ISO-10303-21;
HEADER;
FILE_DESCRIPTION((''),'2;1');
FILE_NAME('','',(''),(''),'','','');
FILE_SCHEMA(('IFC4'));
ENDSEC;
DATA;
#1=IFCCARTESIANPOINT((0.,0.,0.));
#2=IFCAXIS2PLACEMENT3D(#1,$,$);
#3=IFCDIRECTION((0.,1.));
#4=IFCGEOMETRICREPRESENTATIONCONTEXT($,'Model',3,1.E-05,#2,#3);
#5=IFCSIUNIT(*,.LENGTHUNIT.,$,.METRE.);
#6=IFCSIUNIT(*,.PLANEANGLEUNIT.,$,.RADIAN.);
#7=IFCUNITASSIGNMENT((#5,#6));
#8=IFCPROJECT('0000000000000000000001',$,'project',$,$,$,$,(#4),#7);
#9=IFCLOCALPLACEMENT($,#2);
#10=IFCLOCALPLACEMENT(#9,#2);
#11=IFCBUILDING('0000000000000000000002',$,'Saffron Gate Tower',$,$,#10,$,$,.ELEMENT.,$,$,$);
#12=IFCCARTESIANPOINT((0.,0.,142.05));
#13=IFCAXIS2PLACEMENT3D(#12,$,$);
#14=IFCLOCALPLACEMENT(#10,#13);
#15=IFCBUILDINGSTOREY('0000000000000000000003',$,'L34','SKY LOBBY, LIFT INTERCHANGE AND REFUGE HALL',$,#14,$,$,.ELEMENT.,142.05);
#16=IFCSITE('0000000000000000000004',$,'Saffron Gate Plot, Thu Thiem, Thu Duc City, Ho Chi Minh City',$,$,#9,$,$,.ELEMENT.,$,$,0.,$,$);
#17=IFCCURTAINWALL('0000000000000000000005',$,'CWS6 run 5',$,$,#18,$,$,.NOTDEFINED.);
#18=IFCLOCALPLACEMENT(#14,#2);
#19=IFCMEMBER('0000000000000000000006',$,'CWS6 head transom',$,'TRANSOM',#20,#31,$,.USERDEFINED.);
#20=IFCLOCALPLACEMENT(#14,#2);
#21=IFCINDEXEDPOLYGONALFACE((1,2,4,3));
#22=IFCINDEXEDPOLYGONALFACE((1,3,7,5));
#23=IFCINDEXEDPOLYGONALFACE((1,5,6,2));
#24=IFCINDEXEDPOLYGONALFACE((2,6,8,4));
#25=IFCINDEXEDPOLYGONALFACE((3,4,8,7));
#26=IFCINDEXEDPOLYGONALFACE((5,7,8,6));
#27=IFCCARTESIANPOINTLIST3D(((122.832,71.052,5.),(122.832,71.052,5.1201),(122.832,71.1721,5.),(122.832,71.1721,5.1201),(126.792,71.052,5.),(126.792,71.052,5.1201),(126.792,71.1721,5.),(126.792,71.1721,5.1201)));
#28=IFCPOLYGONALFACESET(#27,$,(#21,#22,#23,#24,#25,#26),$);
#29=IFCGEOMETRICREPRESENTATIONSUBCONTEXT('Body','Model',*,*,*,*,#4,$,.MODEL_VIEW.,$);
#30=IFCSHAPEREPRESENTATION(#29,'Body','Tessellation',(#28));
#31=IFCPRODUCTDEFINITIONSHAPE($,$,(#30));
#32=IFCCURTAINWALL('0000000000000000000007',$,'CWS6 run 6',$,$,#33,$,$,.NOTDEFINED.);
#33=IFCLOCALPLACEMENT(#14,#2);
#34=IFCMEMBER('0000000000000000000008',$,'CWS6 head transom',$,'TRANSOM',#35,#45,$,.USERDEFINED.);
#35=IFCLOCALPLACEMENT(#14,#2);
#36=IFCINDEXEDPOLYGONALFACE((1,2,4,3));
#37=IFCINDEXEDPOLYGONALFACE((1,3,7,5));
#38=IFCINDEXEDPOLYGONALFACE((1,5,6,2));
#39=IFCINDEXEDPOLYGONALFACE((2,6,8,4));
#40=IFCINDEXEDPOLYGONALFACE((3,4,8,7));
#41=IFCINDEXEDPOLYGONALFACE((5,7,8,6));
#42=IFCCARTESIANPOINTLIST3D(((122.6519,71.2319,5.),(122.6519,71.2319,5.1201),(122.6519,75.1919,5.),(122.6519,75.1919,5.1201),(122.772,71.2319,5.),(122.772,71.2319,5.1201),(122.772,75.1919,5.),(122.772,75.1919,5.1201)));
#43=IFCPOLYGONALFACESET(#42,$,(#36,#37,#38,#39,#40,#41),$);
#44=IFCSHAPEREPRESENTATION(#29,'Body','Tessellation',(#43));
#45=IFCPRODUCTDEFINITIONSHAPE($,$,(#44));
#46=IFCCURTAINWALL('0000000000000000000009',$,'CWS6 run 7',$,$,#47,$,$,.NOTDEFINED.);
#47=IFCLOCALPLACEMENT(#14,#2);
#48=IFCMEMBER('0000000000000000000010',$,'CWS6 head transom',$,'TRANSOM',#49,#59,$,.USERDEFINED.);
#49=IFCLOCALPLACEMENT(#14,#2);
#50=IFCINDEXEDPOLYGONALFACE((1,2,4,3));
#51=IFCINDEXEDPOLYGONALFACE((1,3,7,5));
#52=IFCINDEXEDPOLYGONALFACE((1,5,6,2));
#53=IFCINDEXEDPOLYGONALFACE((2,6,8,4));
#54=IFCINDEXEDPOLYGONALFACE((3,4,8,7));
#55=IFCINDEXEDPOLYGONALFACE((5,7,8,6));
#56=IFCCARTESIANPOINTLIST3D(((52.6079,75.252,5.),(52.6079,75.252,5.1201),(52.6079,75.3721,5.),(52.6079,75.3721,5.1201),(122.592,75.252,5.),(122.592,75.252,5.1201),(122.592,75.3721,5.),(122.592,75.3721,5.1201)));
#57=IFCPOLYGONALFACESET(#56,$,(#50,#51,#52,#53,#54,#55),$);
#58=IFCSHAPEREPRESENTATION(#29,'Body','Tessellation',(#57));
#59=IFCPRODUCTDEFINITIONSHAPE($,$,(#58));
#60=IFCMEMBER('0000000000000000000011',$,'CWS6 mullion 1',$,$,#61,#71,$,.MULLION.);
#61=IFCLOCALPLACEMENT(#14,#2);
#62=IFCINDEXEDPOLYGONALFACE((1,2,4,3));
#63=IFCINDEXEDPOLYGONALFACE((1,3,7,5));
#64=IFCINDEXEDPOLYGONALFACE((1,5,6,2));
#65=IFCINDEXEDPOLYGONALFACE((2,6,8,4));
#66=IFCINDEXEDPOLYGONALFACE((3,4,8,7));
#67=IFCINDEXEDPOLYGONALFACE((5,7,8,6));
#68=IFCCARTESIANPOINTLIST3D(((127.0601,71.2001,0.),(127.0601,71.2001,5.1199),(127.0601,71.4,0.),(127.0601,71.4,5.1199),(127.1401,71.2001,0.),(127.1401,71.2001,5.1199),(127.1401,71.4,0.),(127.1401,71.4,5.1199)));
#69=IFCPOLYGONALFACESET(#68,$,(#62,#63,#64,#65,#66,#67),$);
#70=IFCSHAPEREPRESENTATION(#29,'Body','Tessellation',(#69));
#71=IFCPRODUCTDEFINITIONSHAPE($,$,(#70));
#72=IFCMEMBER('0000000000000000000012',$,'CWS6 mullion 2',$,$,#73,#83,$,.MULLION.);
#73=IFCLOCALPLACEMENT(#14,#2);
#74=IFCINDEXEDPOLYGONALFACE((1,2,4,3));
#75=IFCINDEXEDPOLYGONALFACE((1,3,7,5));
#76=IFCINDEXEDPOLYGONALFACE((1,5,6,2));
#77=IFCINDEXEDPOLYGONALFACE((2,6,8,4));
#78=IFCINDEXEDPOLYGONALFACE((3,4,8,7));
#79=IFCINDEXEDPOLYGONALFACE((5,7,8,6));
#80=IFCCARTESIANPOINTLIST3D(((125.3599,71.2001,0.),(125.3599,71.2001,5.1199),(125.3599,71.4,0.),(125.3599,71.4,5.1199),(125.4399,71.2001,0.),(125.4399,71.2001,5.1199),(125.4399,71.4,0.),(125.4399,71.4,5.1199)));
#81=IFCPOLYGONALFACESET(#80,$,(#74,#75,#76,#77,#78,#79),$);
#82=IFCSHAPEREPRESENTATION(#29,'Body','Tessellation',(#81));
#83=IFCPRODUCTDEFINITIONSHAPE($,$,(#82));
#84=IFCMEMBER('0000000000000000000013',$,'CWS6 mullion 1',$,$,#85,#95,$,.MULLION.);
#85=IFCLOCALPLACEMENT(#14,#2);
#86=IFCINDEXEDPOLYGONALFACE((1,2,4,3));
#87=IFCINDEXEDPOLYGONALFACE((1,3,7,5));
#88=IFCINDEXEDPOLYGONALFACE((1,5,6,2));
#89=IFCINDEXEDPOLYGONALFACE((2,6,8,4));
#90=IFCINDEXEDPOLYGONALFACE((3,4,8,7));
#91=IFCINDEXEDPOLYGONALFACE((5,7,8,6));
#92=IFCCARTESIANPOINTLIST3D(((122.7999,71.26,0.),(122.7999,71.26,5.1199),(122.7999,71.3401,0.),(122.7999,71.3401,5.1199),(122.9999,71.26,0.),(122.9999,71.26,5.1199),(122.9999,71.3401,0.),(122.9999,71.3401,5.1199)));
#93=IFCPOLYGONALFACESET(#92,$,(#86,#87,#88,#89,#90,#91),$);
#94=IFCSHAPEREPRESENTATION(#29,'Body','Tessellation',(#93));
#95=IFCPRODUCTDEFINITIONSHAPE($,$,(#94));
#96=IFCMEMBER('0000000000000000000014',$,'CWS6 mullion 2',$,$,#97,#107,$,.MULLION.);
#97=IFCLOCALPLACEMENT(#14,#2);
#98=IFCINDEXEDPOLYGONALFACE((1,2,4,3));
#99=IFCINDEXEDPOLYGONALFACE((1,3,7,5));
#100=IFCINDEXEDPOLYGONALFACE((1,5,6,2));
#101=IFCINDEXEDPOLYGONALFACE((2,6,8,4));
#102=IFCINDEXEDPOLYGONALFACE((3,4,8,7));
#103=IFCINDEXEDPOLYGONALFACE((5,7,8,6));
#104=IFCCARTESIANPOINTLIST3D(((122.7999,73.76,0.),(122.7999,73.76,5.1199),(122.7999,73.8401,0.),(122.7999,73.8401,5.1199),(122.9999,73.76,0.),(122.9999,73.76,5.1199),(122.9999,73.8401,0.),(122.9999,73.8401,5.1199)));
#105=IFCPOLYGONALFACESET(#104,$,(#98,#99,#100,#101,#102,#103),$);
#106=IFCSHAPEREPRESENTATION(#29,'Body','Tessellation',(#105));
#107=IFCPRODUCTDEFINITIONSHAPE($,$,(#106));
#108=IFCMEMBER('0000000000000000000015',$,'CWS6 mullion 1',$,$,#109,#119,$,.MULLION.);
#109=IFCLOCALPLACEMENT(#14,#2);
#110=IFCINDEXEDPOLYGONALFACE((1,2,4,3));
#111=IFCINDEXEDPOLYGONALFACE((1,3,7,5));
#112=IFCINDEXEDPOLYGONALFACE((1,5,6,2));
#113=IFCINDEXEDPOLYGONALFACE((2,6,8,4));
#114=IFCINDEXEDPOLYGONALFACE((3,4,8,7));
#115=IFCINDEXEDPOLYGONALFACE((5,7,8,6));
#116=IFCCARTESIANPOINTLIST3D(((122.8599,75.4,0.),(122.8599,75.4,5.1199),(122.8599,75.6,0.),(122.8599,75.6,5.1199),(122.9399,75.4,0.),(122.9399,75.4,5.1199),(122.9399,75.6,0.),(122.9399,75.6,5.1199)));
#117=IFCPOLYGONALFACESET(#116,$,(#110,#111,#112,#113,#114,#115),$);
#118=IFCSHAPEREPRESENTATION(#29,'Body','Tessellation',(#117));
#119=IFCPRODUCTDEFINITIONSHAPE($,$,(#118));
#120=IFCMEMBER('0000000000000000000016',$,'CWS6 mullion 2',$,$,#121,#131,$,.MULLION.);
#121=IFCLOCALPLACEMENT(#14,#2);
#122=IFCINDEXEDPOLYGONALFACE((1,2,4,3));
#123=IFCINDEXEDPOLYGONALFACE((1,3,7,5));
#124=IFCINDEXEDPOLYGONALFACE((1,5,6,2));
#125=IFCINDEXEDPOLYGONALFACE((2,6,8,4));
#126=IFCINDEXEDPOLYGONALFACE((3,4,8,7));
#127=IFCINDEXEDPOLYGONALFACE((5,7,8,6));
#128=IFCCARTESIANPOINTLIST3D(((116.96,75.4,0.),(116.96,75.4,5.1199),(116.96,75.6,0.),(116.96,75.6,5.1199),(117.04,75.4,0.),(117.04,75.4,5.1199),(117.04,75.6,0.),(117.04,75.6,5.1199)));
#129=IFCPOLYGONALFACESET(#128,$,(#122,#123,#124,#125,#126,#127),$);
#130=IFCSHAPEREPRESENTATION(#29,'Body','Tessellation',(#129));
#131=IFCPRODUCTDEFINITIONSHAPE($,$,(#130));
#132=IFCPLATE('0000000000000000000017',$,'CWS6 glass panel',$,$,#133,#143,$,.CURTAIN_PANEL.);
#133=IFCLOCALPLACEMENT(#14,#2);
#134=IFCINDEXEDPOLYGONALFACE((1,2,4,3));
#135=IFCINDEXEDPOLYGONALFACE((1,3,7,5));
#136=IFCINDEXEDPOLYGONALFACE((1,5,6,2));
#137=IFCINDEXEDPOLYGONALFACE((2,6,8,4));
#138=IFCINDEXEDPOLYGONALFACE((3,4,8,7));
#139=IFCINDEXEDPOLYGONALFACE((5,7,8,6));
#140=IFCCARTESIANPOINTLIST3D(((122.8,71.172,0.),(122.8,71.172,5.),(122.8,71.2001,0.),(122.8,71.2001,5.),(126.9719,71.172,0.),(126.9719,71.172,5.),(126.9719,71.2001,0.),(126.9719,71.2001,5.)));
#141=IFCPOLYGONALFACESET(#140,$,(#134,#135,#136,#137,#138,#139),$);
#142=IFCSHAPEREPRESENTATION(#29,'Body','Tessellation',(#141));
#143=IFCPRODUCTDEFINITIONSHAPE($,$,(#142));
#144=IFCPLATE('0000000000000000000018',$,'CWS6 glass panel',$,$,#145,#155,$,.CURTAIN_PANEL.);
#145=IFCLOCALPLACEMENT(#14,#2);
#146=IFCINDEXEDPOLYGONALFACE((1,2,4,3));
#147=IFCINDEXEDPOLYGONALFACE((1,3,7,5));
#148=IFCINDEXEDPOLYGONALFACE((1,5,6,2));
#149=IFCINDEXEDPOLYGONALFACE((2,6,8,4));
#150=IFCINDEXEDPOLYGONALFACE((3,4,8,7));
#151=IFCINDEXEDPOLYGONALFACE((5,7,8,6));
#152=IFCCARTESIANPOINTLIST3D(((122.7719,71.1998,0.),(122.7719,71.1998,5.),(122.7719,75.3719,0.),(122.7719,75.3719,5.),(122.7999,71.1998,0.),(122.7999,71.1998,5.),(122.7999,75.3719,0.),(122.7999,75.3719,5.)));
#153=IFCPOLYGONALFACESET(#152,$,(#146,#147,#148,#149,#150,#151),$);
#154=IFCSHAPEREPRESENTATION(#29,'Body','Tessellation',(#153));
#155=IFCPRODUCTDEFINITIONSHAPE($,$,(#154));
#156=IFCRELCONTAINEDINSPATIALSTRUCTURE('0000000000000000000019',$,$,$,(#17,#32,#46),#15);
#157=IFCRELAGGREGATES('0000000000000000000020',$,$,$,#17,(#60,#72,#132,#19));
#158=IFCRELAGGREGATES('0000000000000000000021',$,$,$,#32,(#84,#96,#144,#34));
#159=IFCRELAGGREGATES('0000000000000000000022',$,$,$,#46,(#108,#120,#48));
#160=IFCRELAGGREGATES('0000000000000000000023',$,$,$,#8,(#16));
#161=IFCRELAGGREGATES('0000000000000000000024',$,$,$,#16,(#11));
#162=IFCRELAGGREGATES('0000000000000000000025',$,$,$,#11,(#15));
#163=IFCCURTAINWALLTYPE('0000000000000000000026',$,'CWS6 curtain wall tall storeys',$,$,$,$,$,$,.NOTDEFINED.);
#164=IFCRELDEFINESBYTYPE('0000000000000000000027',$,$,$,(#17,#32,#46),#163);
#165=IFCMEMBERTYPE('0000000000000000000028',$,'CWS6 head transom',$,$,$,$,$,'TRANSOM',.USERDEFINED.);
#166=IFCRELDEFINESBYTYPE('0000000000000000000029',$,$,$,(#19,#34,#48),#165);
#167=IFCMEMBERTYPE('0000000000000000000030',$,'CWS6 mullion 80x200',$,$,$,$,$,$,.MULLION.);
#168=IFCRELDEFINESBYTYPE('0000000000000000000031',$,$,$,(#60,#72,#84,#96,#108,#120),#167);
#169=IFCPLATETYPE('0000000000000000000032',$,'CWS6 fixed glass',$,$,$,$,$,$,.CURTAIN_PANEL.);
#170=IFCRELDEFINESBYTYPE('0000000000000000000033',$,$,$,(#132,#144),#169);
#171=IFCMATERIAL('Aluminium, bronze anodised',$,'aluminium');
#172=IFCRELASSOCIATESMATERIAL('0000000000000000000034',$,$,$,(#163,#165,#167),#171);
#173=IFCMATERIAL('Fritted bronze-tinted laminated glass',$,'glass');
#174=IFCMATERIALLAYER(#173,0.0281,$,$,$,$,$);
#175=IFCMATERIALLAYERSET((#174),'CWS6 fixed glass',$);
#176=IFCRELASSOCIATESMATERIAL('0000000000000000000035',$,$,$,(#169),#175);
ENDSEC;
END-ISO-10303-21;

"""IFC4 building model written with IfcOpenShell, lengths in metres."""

from ifc_helpers import new_model, si_unit, direction, frame, frame_2d, origin, origin_2d, place, context, subcontext, project, spatial, rectangle, extrude, material, layer, layer_set, material_profile, profile_set, type_object, element, aggregate, save


model = new_model("IFC4")

# Units and contexts
model_context = context("Model", 3, precision=1e-05, world=origin(), true_north=direction((0.0, 1.0)))
body_context = subcontext(model_context, "Body", "Model", "MODEL_VIEW")
ifc_project = project(units=[si_unit("LENGTHUNIT", "METRE"), si_unit("PLANEANGLEUNIT", "RADIAN")], contexts=[model_context])

# Site, building, storey
site_placement = place(None, origin())
site = spatial("IfcSite", under=ifc_project, at=site_placement, Name="Saffron Gate Plot, Thu Thiem, Thu Duc City, Ho Chi Minh City", CompositionType="ELEMENT", RefElevation=0.0)
building_placement = place(site_placement, origin())
building = spatial("IfcBuilding", under=site, at=building_placement, Name="Saffron Gate Tower", CompositionType="ELEMENT")
storey_placement = place(building_placement, frame((0.0, 0.0, 142.05)))
storey = spatial("IfcBuildingStorey", under=building, at=storey_placement, Name="L34", Description="SKY LOBBY, LIFT INTERCHANGE AND REFUGE HALL", CompositionType="ELEMENT", Elevation=142.05)

# Curtain walls, members
ifc_material_1 = material(Name="Aluminium, bronze anodised", Category="aluminium")
curtain_wall_type = type_object("IfcCurtainWallType", Name="CWS6 curtain wall tall storeys", PredefinedType="NOTDEFINED", material=ifc_material_1)
curtain_wall_1_placement = place(storey_placement, origin())
curtain_wall_1 = element("IfcCurtainWall", 1, at=curtain_wall_1_placement, inside=storey, type_object=curtain_wall_type, Name="CWS6 run 5", PredefinedType="NOTDEFINED")
ifc_material_profile_1 = material_profile(ifc_material_1, rectangle(XDim=0.1201, YDim=0.1201, at=origin_2d()))
ifc_profile_set_1 = profile_set([ifc_material_profile_1], Name="Aluminium, bronze anodised")
member_type_1 = type_object("IfcMemberType", Name="CWS6 head transom", ElementType="TRANSOM", PredefinedType="USERDEFINED", material=ifc_profile_set_1)
member_1_placement = place(storey_placement, frame((126.792, 71.1121, 5.0601), z_axis=(-1.0, 0.0, 0.0), x_axis=(0.0, -1.0, 0.0)))
member_1 = element("IfcMember", 2, at=member_1_placement, type_object=member_type_1, Name="CWS6 head transom", ObjectType="TRANSOM", PredefinedType="USERDEFINED", context=body_context, shape_type="SweptSolid", body=[
    extrude(rectangle(XDim=0.1201, YDim=0.1201, at=origin_2d()), origin(), (0.0, 0.0, 1.0), 3.96),
])
curtain_wall_2_placement = place(storey_placement, origin())
curtain_wall_2 = element("IfcCurtainWall", 3, at=curtain_wall_2_placement, inside=storey, type_object=curtain_wall_type, Name="CWS6 run 6", PredefinedType="NOTDEFINED")
member_2_placement = place(storey_placement, frame((122.7119, 71.2319, 5.0601), z_axis=(0.0, 1.0, 0.0), x_axis=(-1.0, 0.0, 0.0)))
member_2 = element("IfcMember", 4, at=member_2_placement, type_object=member_type_1, Name="CWS6 head transom", ObjectType="TRANSOM", PredefinedType="USERDEFINED", context=body_context, shape_type="SweptSolid", body=[
    extrude(rectangle(XDim=0.1201, YDim=0.1201, at=origin_2d()), origin(), (0.0, 0.0, 1.0), 3.96),
])
curtain_wall_3_placement = place(storey_placement, origin())
curtain_wall_3 = element("IfcCurtainWall", 5, at=curtain_wall_3_placement, inside=storey, type_object=curtain_wall_type, Name="CWS6 run 7", PredefinedType="NOTDEFINED")
member_3_placement = place(storey_placement, frame((122.592, 75.312, 5.0601), z_axis=(-1.0, 0.0, 0.0), x_axis=(0.0, -1.0, 0.0)))
member_3 = element("IfcMember", 6, at=member_3_placement, type_object=member_type_1, Name="CWS6 head transom", ObjectType="TRANSOM", PredefinedType="USERDEFINED", context=body_context, shape_type="SweptSolid", body=[
    extrude(rectangle(XDim=0.1201, YDim=0.1201, at=origin_2d()), origin(), (0.0, 0.0, 1.0), 69.9841),
])

# Members
ifc_material_profile_2 = material_profile(ifc_material_1, rectangle(XDim=0.2, YDim=0.0801, at=origin_2d()))
ifc_profile_set_2 = profile_set([ifc_material_profile_2], Name="Aluminium, bronze anodised")
member_type_2 = type_object("IfcMemberType", Name="CWS6 mullion 80x200", PredefinedType="MULLION", material=ifc_profile_set_2)
member_4_placement = place(storey_placement, frame((127.1001, 71.3, 0.0), z_axis=(0.0, 0.0, 1.0), x_axis=(0.0, -1.0, 0.0)))
member_4 = element("IfcMember", 7, at=member_4_placement, type_object=member_type_2, Name="CWS6 mullion 1", PredefinedType="MULLION", context=body_context, shape_type="SweptSolid", body=[
    extrude(rectangle(XDim=0.2, YDim=0.0801, at=origin_2d()), origin(), (0.0, 0.0, 1.0), 5.1199),
])
member_5_placement = place(storey_placement, frame((125.3999, 71.3, 0.0), z_axis=(0.0, 0.0, 1.0), x_axis=(0.0, -1.0, 0.0)))
member_5 = element("IfcMember", 8, at=member_5_placement, type_object=member_type_2, Name="CWS6 mullion 2", PredefinedType="MULLION", context=body_context, shape_type="SweptSolid", body=[
    extrude(rectangle(XDim=0.2, YDim=0.0801, at=origin_2d()), origin(), (0.0, 0.0, 1.0), 5.1199),
])
member_6_placement = place(storey_placement, frame((122.8999, 71.3, 0.0), z_axis=(0.0, 0.0, 1.0), x_axis=(-1.0, 0.0, 0.0)))
member_6 = element("IfcMember", 9, at=member_6_placement, type_object=member_type_2, Name="CWS6 mullion 1", PredefinedType="MULLION", context=body_context, shape_type="SweptSolid", body=[
    extrude(rectangle(XDim=0.2, YDim=0.0801, at=origin_2d()), origin(), (0.0, 0.0, 1.0), 5.1199),
])
member_7_placement = place(storey_placement, frame((122.8999, 73.8, 0.0), z_axis=(0.0, 0.0, 1.0), x_axis=(-1.0, 0.0, 0.0)))
member_7 = element("IfcMember", 10, at=member_7_placement, type_object=member_type_2, Name="CWS6 mullion 2", PredefinedType="MULLION", context=body_context, shape_type="SweptSolid", body=[
    extrude(rectangle(XDim=0.2, YDim=0.0801, at=origin_2d()), origin(), (0.0, 0.0, 1.0), 5.1199),
])
member_8_placement = place(storey_placement, frame((122.8999, 75.5, 0.0), z_axis=(0.0, 0.0, 1.0), x_axis=(0.0, -1.0, 0.0)))
member_8 = element("IfcMember", 11, at=member_8_placement, type_object=member_type_2, Name="CWS6 mullion 1", PredefinedType="MULLION", context=body_context, shape_type="SweptSolid", body=[
    extrude(rectangle(XDim=0.2, YDim=0.0801, at=origin_2d()), origin(), (0.0, 0.0, 1.0), 5.1199),
])
member_9_placement = place(storey_placement, frame((117.0, 75.5, 0.0), z_axis=(0.0, 0.0, 1.0), x_axis=(0.0, -1.0, 0.0)))
member_9 = element("IfcMember", 12, at=member_9_placement, type_object=member_type_2, Name="CWS6 mullion 2", PredefinedType="MULLION", context=body_context, shape_type="SweptSolid", body=[
    extrude(rectangle(XDim=0.2, YDim=0.0801, at=origin_2d()), origin(), (0.0, 0.0, 1.0), 5.1199),
])

# Plates
ifc_material_2 = material(Name="Fritted bronze-tinted laminated glass", Category="glass")
ifc_layer_1 = layer(ifc_material_2, 0.0281)
ifc_layer_set_1 = layer_set([ifc_layer_1], Name="CWS6 fixed glass")
plate_type = type_object("IfcPlateType", Name="CWS6 fixed glass", PredefinedType="CURTAIN_PANEL", material=ifc_layer_set_1)
plate_1_placement = place(storey_placement, frame((126.9719, 71.186, 0.0), z_axis=(0.0, 0.0, 1.0), x_axis=(-1.0, 0.0, 0.0)))
plate_1 = element("IfcPlate", 13, at=plate_1_placement, type_object=plate_type, Name="CWS6 glass panel", PredefinedType="CURTAIN_PANEL", context=body_context, shape_type="SweptSolid", body=[
    extrude(rectangle(XDim=4.1719, YDim=0.0281, at=frame_2d((2.0859, 0.0))), origin(), (0.0, 0.0, 1.0), 5.0),
])
aggregate(curtain_wall_1, [member_4, member_5, plate_1, member_1])
plate_2_placement = place(storey_placement, frame((122.7859, 71.2, 0.0), z_axis=(0.0, 0.0, 1.0), x_axis=(0.0, 1.0, 0.0)))
plate_2 = element("IfcPlate", 14, at=plate_2_placement, type_object=plate_type, Name="CWS6 glass panel", PredefinedType="CURTAIN_PANEL", context=body_context, shape_type="SweptSolid", body=[
    extrude(rectangle(XDim=4.1721, YDim=0.0281, at=frame_2d((2.0859, 0.0))), origin(), (0.0, 0.0, 1.0), 5.0),
])
aggregate(curtain_wall_2, [member_6, member_7, plate_2, member_2])

aggregate(curtain_wall_3, [member_8, member_9, member_3])

save(model, "model.ifc")
